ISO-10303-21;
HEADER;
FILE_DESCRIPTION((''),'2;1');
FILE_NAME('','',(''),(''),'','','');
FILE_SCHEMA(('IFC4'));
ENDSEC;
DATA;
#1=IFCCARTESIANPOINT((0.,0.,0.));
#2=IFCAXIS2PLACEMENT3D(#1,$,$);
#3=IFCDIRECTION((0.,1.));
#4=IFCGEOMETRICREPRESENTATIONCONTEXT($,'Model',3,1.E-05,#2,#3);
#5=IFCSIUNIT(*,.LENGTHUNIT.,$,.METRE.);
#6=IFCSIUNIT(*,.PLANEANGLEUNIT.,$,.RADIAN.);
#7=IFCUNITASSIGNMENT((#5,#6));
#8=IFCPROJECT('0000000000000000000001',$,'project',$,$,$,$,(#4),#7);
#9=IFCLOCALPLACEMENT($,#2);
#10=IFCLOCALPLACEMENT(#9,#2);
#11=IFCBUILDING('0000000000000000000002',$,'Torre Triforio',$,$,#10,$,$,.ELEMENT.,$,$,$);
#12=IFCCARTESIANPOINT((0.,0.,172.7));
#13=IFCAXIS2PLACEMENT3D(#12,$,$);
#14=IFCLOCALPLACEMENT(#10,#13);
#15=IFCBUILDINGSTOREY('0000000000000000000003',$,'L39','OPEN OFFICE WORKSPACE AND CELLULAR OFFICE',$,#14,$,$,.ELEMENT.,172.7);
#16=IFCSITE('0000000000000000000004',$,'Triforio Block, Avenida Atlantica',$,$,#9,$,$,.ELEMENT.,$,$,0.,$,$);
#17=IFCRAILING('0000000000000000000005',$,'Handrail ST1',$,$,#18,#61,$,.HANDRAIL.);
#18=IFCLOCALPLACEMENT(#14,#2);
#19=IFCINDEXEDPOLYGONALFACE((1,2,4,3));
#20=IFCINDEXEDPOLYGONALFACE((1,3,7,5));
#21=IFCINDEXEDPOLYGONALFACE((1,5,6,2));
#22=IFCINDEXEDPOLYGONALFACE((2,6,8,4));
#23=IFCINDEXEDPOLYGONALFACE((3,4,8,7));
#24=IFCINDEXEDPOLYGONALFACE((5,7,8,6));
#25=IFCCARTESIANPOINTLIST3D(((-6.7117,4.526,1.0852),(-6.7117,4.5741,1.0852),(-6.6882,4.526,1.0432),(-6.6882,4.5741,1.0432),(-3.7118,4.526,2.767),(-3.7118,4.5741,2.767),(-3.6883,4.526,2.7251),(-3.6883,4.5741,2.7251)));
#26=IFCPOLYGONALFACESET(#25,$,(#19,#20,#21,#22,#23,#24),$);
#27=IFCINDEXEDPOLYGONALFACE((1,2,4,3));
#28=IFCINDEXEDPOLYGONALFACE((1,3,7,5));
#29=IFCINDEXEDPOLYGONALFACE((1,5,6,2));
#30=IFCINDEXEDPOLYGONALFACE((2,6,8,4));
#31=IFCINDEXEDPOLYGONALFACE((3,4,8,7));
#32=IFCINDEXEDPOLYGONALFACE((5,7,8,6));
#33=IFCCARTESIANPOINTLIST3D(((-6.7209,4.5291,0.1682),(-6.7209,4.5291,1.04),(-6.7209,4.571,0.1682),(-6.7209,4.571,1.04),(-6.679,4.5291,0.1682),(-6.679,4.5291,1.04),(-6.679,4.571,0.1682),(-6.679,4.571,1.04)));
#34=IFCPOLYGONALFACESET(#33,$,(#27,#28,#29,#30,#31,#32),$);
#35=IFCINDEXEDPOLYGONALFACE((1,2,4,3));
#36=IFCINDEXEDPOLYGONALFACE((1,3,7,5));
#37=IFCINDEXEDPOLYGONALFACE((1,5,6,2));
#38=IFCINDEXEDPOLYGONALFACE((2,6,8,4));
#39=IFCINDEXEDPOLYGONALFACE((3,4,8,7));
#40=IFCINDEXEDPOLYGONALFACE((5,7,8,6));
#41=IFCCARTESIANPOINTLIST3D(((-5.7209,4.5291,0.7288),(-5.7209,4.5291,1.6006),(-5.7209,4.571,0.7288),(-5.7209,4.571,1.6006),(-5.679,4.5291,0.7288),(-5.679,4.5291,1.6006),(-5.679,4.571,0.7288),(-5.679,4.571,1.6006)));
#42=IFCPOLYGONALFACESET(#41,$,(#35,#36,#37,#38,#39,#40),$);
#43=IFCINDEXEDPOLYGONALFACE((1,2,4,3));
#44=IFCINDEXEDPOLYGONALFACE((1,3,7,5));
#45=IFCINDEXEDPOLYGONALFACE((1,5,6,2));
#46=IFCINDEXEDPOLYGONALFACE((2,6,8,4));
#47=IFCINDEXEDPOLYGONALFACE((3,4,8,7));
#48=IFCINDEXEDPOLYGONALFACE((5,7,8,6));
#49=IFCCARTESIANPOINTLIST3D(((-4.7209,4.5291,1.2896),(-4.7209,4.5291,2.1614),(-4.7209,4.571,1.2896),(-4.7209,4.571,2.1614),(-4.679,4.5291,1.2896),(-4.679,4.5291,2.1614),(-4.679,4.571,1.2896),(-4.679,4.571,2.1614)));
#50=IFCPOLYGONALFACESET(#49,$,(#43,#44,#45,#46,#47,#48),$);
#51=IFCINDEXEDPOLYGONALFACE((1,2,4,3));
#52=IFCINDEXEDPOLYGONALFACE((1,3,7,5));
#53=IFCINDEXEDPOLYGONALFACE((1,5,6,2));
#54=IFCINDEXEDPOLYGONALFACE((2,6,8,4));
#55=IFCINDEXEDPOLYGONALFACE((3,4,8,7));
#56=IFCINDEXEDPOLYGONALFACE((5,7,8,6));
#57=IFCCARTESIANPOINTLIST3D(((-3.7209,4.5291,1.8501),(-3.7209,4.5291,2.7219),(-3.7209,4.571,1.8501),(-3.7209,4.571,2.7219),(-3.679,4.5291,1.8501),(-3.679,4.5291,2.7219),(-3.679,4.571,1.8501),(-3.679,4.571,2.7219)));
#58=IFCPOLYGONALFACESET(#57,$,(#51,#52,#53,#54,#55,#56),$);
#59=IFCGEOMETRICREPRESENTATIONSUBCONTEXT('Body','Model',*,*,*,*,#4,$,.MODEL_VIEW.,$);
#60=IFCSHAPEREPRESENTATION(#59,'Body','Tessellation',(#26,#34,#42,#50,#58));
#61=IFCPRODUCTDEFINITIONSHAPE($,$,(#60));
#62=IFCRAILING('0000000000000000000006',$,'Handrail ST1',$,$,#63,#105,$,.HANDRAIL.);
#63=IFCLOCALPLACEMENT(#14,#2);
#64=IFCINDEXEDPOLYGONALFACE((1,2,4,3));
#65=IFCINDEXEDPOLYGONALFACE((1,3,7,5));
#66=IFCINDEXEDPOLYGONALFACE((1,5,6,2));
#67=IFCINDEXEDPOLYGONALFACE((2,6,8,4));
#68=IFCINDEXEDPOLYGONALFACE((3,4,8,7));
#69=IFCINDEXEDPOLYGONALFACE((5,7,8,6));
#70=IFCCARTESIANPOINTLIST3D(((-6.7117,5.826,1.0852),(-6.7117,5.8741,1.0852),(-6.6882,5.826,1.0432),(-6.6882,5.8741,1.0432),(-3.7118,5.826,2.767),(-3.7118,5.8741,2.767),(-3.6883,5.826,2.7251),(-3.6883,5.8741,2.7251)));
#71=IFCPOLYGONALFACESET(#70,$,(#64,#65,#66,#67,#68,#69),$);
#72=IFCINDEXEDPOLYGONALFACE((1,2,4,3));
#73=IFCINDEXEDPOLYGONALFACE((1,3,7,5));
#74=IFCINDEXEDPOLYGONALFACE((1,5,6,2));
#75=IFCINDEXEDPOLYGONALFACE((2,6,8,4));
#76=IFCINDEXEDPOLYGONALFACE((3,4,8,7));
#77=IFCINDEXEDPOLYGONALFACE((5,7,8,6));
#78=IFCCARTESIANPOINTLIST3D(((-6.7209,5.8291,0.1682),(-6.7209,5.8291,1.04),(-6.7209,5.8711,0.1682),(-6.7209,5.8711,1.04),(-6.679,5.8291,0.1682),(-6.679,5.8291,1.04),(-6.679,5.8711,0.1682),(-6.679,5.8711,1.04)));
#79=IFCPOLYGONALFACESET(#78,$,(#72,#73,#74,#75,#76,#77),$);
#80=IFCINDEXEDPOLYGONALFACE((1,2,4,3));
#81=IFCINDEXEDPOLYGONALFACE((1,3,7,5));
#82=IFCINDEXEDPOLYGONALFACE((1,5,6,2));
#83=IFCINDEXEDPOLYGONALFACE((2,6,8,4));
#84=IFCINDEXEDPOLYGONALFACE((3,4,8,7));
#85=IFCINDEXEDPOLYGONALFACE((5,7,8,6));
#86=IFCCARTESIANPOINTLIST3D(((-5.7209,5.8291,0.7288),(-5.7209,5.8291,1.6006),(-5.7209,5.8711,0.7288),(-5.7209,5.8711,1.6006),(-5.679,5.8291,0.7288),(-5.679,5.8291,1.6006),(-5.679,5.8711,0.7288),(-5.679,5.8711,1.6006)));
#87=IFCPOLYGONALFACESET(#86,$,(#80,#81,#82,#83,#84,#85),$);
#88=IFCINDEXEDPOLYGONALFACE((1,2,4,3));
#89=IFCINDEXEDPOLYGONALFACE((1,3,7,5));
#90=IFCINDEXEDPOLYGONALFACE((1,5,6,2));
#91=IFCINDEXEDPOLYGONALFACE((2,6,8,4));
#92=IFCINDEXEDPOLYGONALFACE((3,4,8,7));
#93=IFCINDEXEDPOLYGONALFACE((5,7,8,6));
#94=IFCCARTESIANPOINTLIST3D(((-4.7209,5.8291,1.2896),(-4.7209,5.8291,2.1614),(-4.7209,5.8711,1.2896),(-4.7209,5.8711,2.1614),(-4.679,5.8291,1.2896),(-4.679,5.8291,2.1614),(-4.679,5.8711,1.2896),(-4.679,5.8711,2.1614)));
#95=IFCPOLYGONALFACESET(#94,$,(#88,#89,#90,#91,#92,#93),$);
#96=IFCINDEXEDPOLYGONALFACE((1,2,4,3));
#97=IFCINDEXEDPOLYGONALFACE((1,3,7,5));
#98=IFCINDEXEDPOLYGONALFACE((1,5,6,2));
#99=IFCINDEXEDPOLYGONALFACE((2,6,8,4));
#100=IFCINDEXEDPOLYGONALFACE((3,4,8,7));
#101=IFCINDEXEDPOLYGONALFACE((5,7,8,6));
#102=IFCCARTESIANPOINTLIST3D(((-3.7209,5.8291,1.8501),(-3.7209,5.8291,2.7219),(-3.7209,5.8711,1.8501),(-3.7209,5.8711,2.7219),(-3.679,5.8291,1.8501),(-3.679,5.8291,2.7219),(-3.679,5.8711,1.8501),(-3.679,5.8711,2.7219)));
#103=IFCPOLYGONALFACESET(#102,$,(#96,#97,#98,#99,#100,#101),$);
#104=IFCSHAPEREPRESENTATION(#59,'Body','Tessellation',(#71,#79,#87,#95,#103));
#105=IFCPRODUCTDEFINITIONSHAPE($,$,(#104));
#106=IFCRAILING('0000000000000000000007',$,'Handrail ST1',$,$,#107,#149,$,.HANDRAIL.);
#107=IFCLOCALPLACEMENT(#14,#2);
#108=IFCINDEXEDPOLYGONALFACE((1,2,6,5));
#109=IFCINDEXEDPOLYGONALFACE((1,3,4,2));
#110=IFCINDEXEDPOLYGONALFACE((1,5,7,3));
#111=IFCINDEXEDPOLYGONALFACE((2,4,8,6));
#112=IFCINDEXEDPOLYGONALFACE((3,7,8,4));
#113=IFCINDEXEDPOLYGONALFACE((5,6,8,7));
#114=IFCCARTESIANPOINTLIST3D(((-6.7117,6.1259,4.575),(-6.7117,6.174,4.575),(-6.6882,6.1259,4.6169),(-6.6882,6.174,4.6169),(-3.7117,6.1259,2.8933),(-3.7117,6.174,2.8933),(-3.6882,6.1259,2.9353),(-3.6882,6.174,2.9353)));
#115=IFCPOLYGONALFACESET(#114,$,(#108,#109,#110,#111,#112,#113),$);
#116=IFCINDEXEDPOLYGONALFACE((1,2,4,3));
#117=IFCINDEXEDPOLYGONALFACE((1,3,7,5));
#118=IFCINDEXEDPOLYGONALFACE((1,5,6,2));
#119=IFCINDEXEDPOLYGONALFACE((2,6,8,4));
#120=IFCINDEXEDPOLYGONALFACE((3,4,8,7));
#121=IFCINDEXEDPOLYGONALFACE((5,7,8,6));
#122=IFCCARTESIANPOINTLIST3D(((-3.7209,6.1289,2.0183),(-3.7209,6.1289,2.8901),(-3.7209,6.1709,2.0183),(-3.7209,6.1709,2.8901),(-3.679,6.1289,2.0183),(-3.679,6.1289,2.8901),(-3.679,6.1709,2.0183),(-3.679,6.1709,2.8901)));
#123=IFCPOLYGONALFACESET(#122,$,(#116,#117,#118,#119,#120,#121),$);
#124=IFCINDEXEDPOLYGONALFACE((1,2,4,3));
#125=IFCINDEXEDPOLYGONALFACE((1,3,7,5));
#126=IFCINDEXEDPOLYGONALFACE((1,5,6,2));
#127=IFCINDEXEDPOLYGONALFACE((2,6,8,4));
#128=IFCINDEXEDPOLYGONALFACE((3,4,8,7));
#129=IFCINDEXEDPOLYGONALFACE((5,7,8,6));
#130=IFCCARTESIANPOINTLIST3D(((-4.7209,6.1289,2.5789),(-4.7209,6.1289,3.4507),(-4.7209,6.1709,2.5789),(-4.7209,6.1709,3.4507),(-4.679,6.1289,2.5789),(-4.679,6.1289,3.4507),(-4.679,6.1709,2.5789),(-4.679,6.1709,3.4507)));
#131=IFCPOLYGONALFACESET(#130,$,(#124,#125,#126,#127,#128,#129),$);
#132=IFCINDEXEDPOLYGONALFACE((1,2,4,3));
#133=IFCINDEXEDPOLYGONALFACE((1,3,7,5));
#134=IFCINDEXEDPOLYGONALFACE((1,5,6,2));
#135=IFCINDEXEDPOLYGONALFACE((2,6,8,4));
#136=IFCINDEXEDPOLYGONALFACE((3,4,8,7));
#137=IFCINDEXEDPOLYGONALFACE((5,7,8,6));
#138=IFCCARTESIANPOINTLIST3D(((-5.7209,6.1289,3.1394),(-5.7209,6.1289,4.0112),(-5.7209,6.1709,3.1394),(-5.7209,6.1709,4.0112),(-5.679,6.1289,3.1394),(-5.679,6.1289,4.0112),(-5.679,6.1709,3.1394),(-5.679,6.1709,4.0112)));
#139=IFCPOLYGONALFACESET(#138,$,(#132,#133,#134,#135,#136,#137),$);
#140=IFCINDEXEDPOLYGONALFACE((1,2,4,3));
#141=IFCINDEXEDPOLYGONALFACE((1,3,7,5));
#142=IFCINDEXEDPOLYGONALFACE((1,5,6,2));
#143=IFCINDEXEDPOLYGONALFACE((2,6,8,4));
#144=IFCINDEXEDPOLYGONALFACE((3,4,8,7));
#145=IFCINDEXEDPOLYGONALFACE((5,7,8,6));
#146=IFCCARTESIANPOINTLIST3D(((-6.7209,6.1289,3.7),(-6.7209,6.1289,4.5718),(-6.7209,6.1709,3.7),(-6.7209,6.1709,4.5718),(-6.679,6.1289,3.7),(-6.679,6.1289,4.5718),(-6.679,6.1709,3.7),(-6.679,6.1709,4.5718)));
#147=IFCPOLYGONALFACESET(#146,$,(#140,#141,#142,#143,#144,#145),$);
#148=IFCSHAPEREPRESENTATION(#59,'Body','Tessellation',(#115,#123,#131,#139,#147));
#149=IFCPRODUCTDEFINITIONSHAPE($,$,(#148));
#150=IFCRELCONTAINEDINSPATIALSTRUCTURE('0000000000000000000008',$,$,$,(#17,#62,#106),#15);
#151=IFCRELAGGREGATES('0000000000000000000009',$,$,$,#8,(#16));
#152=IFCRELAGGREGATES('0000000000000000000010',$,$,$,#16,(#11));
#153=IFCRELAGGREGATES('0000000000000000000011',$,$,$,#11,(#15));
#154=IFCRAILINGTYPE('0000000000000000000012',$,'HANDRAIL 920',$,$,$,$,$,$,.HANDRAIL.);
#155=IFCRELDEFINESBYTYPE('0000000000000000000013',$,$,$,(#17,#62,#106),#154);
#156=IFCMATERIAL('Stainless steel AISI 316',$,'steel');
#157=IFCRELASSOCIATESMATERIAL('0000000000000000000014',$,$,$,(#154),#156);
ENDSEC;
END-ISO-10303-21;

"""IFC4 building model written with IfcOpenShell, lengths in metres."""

from ifc_helpers import new_model, si_unit, direction, frame, origin, origin_2d, place, context, subcontext, project, spatial, rectangle, extrude, material, type_object, element, save


model = new_model("IFC4")

# Units and contexts
model_context = context("Model", 3, precision=1e-05, world=origin(), true_north=direction((0.0, 1.0)))
body_context = subcontext(model_context, "Body", "Model", "MODEL_VIEW")
ifc_project = project(units=[si_unit("LENGTHUNIT", "METRE"), si_unit("PLANEANGLEUNIT", "RADIAN")], contexts=[model_context])

# Site, building, storey
site_placement = place(None, origin())
site = spatial("IfcSite", under=ifc_project, at=site_placement, Name="Triforio Block, Avenida Atlantica", CompositionType="ELEMENT", RefElevation=0.0)
building_placement = place(site_placement, origin())
building = spatial("IfcBuilding", under=site, at=building_placement, Name="Torre Triforio", CompositionType="ELEMENT")
storey_placement = place(building_placement, frame((0.0, 0.0, 172.7)))
storey = spatial("IfcBuildingStorey", under=building, at=storey_placement, Name="L39", Description="OPEN OFFICE WORKSPACE AND CELLULAR OFFICE", CompositionType="ELEMENT", Elevation=172.7)

# Railings
ifc_material_1 = material(Name="Stainless steel AISI 316", Category="steel")
railing_type = type_object("IfcRailingType", Name="HANDRAIL 920", PredefinedType="HANDRAIL", material=ifc_material_1)
for number, where, name in (
    (1, (-6.7, 4.55, 0.1682), "Handrail ST1"),
    (2, (-6.7, 5.8501, 0.1682), "Handrail ST1"),
):
    element("IfcRailing", number, at=place(storey_placement, frame(where)), inside=storey, type_object=railing_type, Name=name, PredefinedType="HANDRAIL", context=body_context, shape_type="SweptSolid", body=[
        extrude(rectangle(XDim=0.0481, YDim=0.0481, at=origin_2d()), frame((0.0, 0.0, 0.896), z_axis=(0.872272, 0.0, 0.48902), x_axis=(0.0, 1.0, 0.0)), (0.0, 0.0, 1.0), 3.4392),
        extrude(rectangle(XDim=0.042, YDim=0.042, at=origin_2d()), origin(), (0.0, 0.0, 1.0), 0.8718),
        extrude(rectangle(XDim=0.042, YDim=0.042, at=origin_2d()), frame((1.0, 0.0, 0.5605)), (0.0, 0.0, 1.0), 0.8718),
        extrude(rectangle(XDim=0.042, YDim=0.042, at=origin_2d()), frame((2.0, 0.0, 1.1213)), (0.0, 0.0, 1.0), 0.8718),
        extrude(rectangle(XDim=0.042, YDim=0.042, at=origin_2d()), frame((3.0, 0.0, 1.6819)), (0.0, 0.0, 1.0), 0.8718),
    ])
railing_placement = place(storey_placement, frame((-3.7, 6.1499, 2.0183)))
element("IfcRailing", 3, at=railing_placement, inside=storey, type_object=railing_type, Name="Handrail ST1", PredefinedType="HANDRAIL", context=body_context, shape_type="SweptSolid", body=[
    extrude(rectangle(XDim=0.0481, YDim=0.0481, at=origin_2d()), frame((0.0, 0.0, 0.896), z_axis=(-0.872303, 0.0, 0.488966), x_axis=(0.0, -1.0, 0.0)), (0.0, 0.0, 1.0), 3.4392),
    extrude(rectangle(XDim=0.042, YDim=0.042, at=origin_2d()), origin(), (0.0, 0.0, 1.0), 0.8718),
    extrude(rectangle(XDim=0.042, YDim=0.042, at=origin_2d()), frame((-1.0, 0.0, 0.5605)), (0.0, 0.0, 1.0), 0.8718),
    extrude(rectangle(XDim=0.042, YDim=0.042, at=origin_2d()), frame((-2.0, 0.0, 1.1211)), (0.0, 0.0, 1.0), 0.8718),
    extrude(rectangle(XDim=0.042, YDim=0.042, at=origin_2d()), frame((-3.0, 0.0, 1.6816)), (0.0, 0.0, 1.0), 0.8718),
])

save(model, "model.ifc")
